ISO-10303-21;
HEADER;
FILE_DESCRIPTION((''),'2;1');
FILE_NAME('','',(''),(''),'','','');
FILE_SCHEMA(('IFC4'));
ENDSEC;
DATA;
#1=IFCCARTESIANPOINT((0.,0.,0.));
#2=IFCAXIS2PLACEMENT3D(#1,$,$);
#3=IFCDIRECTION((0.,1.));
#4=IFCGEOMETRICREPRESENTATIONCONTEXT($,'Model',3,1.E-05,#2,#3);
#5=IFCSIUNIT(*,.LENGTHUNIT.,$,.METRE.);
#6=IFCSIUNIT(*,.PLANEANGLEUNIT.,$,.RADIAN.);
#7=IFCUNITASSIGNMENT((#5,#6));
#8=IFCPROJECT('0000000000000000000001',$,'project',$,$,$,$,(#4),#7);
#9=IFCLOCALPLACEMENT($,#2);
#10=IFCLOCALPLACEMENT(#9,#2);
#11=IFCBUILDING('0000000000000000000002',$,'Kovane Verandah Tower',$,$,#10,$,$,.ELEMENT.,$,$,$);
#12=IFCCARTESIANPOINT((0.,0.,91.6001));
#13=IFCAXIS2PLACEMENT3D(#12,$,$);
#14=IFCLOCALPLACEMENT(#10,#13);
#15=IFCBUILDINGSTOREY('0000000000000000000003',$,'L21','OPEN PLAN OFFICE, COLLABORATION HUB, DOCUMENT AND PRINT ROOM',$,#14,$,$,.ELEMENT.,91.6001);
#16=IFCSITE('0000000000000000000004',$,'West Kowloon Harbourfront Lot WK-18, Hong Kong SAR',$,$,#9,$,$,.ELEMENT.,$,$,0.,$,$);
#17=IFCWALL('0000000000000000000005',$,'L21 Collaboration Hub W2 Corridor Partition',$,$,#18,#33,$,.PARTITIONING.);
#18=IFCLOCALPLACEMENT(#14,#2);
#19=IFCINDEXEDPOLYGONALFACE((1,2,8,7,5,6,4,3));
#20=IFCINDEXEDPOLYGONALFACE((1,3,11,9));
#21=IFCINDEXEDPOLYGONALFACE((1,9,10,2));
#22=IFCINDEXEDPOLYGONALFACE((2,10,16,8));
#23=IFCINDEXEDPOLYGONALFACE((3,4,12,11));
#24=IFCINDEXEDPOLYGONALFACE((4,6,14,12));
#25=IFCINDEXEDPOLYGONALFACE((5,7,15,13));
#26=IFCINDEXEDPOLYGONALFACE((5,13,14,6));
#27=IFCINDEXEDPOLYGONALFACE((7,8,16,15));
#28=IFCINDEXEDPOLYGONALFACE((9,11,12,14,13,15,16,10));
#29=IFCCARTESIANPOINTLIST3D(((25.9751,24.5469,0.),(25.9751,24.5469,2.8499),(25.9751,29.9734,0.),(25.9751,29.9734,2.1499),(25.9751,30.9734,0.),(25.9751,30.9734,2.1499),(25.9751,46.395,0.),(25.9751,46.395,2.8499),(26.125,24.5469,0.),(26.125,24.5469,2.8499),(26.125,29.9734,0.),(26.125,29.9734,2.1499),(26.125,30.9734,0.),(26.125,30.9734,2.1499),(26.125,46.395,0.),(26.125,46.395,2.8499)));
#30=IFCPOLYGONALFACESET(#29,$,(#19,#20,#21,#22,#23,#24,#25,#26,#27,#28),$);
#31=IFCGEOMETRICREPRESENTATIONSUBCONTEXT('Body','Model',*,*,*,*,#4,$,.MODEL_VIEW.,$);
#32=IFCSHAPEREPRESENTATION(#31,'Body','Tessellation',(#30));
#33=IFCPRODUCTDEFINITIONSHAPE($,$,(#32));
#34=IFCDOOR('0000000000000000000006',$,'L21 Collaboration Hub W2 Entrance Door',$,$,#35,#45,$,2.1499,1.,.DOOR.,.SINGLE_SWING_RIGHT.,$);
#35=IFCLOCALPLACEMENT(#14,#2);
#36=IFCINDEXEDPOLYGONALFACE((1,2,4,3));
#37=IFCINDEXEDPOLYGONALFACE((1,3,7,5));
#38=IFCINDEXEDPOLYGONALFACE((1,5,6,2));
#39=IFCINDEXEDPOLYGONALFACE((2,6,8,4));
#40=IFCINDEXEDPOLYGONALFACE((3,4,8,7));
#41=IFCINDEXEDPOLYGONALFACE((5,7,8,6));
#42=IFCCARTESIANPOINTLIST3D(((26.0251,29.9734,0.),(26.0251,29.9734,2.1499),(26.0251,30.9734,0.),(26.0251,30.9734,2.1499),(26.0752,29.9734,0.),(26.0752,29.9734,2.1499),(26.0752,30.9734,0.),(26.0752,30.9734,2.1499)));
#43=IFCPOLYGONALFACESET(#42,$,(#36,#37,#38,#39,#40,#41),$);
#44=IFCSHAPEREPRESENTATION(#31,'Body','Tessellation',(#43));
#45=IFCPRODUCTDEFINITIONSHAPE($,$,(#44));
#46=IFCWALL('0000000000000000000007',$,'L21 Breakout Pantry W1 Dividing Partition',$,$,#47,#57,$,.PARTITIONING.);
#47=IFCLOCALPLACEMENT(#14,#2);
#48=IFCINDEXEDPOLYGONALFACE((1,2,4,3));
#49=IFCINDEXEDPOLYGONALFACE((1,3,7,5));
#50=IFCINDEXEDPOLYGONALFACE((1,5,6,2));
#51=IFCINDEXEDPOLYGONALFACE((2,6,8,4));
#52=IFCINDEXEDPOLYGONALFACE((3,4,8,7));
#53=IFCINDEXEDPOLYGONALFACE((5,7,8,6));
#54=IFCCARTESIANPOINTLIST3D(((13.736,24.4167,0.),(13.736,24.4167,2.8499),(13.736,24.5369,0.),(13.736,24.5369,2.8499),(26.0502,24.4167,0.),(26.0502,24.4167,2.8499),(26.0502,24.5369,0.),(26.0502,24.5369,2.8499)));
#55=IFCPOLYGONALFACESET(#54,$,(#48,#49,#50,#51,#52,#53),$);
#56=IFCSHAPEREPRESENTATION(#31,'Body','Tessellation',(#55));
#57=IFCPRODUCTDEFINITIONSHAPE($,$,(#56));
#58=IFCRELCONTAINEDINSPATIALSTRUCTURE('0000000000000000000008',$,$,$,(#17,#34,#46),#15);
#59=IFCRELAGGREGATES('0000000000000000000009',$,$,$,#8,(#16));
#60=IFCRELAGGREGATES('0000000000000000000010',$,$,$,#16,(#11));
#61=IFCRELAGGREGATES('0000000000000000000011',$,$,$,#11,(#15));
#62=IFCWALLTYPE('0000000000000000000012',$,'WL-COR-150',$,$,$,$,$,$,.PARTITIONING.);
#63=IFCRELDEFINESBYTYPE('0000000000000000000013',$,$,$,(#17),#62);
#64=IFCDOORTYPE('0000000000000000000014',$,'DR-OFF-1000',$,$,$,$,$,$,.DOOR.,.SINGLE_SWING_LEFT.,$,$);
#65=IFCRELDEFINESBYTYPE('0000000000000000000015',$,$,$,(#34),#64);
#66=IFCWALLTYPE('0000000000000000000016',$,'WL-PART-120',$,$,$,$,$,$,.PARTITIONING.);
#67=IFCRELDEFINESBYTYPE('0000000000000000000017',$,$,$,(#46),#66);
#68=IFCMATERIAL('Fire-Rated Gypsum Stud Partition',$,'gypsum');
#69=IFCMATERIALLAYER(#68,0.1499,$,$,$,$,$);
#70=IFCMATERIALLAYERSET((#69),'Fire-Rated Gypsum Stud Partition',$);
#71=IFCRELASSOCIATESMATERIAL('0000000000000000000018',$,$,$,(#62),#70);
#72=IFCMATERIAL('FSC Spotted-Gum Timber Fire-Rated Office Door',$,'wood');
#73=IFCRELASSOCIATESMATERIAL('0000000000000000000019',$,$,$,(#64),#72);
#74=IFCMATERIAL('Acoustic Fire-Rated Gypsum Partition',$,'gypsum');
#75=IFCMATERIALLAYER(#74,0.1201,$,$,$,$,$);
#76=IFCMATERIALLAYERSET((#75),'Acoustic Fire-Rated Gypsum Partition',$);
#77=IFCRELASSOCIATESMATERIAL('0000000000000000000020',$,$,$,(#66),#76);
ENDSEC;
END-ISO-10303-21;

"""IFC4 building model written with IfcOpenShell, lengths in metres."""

from ifc_helpers import new_model, si_unit, direction, frame, frame_2d, origin, place, context, subcontext, project, spatial, rectangle, extrude, material, layer, layer_set, type_object, element, fill, save


model = new_model("IFC4")

# Units and contexts
model_context = context("Model", 3, precision=1e-05, world=origin(), true_north=direction((0.0, 1.0)))
body_context = subcontext(model_context, "Body", "Model", "MODEL_VIEW")
ifc_project = project(units=[si_unit("LENGTHUNIT", "METRE"), si_unit("PLANEANGLEUNIT", "RADIAN")], contexts=[model_context])

# Site, building, storey
site_placement = place(None, origin())
site = spatial("IfcSite", under=ifc_project, at=site_placement, Name="West Kowloon Harbourfront Lot WK-18, Hong Kong SAR", CompositionType="ELEMENT", RefElevation=0.0)
building_placement = place(site_placement, origin())
building = spatial("IfcBuilding", under=site, at=building_placement, Name="Kovane Verandah Tower", CompositionType="ELEMENT")
storey_placement = place(building_placement, frame((0.0, 0.0, 91.6001)))
storey = spatial("IfcBuildingStorey", under=building, at=storey_placement, Name="L21", Description="OPEN PLAN OFFICE, COLLABORATION HUB, DOCUMENT AND PRINT ROOM", CompositionType="ELEMENT", Elevation=91.6001)

# Wall, opening, door
ifc_material_1 = material(Name="Fire-Rated Gypsum Stud Partition", Category="gypsum")
ifc_layer_1 = layer(ifc_material_1, 0.1499)
ifc_layer_set_1 = layer_set([ifc_layer_1], Name="Fire-Rated Gypsum Stud Partition")
wall_type_1 = type_object("IfcWallType", Name="WL-COR-150", PredefinedType="PARTITIONING", material=ifc_layer_set_1)
wall_1_placement = place(storey_placement, frame((26.05, 24.5469, 0.0), z_axis=(0.0, 0.0, 1.0), x_axis=(0.0, 1.0, 0.0)))
wall_1 = element("IfcWall", 1, at=wall_1_placement, inside=storey, type_object=wall_type_1, Name="L21 Collaboration Hub W2 Corridor Partition", PredefinedType="PARTITIONING", context=body_context, shape_type="SweptSolid", body=[
    extrude(rectangle(XDim=21.8481, YDim=0.1499, at=frame_2d((10.9241, 0.0))), origin(), (0.0, 0.0, 1.0), 2.8499),
])
opening_placement = place(wall_1_placement, frame((5.4265, 0.0, 0.0)))
opening = element("IfcOpeningElement", 2, at=opening_placement, cuts=wall_1, PredefinedType="OPENING", context=body_context, shape_type="SweptSolid", body=[
    extrude(rectangle(XDim=1.0, YDim=2.1499, at=frame_2d((0.5, 1.075))), frame((0.0, 0.075, 0.0), z_axis=(0.0, -1.0, 0.0), x_axis=(1.0, 0.0, 0.0)), (0.0, 0.0, 1.0), 0.1499),
])
ifc_material_2 = material(Name="FSC Spotted-Gum Timber Fire-Rated Office Door", Category="wood")
door_type = type_object("IfcDoorType", Name="DR-OFF-1000", OperationType="SINGLE_SWING_LEFT", PredefinedType="DOOR", material=ifc_material_2)
door_placement = place(opening_placement, origin())
door = element("IfcDoor", 3, at=door_placement, inside=storey, type_object=door_type, Name="L21 Collaboration Hub W2 Entrance Door", OperationType="SINGLE_SWING_RIGHT", OverallHeight=2.1499, OverallWidth=1.0, PredefinedType="DOOR", context=body_context, shape_type="SweptSolid", body=[
    extrude(rectangle(XDim=1.0, YDim=2.1499, at=frame_2d((0.5, 1.075))), frame((0.0, 0.0249, 0.0), z_axis=(0.0, -1.0, 0.0), x_axis=(1.0, 0.0, 0.0)), (0.0, 0.0, 1.0), 0.05),
])
fill(opening, door)

# Wall
ifc_material_3 = material(Name="Acoustic Fire-Rated Gypsum Partition", Category="gypsum")
ifc_layer_2 = layer(ifc_material_3, 0.1201)
ifc_layer_set_2 = layer_set([ifc_layer_2], Name="Acoustic Fire-Rated Gypsum Partition")
wall_type_2 = type_object("IfcWallType", Name="WL-PART-120", PredefinedType="PARTITIONING", material=ifc_layer_set_2)
wall_2_placement = place(storey_placement, frame((13.7358, 24.4768, 0.0), z_axis=(0.0, 0.0, 1.0), x_axis=(1.0, 0.0, 0.0)))
element("IfcWall", 4, at=wall_2_placement, inside=storey, type_object=wall_type_2, Name="L21 Breakout Pantry W1 Dividing Partition", PredefinedType="PARTITIONING", context=body_context, shape_type="SweptSolid", body=[
    extrude(rectangle(XDim=12.3142, YDim=0.1201, at=frame_2d((6.1572, 0.0))), origin(), (0.0, 0.0, 1.0), 2.8499),
])

save(model, "model.ifc")
